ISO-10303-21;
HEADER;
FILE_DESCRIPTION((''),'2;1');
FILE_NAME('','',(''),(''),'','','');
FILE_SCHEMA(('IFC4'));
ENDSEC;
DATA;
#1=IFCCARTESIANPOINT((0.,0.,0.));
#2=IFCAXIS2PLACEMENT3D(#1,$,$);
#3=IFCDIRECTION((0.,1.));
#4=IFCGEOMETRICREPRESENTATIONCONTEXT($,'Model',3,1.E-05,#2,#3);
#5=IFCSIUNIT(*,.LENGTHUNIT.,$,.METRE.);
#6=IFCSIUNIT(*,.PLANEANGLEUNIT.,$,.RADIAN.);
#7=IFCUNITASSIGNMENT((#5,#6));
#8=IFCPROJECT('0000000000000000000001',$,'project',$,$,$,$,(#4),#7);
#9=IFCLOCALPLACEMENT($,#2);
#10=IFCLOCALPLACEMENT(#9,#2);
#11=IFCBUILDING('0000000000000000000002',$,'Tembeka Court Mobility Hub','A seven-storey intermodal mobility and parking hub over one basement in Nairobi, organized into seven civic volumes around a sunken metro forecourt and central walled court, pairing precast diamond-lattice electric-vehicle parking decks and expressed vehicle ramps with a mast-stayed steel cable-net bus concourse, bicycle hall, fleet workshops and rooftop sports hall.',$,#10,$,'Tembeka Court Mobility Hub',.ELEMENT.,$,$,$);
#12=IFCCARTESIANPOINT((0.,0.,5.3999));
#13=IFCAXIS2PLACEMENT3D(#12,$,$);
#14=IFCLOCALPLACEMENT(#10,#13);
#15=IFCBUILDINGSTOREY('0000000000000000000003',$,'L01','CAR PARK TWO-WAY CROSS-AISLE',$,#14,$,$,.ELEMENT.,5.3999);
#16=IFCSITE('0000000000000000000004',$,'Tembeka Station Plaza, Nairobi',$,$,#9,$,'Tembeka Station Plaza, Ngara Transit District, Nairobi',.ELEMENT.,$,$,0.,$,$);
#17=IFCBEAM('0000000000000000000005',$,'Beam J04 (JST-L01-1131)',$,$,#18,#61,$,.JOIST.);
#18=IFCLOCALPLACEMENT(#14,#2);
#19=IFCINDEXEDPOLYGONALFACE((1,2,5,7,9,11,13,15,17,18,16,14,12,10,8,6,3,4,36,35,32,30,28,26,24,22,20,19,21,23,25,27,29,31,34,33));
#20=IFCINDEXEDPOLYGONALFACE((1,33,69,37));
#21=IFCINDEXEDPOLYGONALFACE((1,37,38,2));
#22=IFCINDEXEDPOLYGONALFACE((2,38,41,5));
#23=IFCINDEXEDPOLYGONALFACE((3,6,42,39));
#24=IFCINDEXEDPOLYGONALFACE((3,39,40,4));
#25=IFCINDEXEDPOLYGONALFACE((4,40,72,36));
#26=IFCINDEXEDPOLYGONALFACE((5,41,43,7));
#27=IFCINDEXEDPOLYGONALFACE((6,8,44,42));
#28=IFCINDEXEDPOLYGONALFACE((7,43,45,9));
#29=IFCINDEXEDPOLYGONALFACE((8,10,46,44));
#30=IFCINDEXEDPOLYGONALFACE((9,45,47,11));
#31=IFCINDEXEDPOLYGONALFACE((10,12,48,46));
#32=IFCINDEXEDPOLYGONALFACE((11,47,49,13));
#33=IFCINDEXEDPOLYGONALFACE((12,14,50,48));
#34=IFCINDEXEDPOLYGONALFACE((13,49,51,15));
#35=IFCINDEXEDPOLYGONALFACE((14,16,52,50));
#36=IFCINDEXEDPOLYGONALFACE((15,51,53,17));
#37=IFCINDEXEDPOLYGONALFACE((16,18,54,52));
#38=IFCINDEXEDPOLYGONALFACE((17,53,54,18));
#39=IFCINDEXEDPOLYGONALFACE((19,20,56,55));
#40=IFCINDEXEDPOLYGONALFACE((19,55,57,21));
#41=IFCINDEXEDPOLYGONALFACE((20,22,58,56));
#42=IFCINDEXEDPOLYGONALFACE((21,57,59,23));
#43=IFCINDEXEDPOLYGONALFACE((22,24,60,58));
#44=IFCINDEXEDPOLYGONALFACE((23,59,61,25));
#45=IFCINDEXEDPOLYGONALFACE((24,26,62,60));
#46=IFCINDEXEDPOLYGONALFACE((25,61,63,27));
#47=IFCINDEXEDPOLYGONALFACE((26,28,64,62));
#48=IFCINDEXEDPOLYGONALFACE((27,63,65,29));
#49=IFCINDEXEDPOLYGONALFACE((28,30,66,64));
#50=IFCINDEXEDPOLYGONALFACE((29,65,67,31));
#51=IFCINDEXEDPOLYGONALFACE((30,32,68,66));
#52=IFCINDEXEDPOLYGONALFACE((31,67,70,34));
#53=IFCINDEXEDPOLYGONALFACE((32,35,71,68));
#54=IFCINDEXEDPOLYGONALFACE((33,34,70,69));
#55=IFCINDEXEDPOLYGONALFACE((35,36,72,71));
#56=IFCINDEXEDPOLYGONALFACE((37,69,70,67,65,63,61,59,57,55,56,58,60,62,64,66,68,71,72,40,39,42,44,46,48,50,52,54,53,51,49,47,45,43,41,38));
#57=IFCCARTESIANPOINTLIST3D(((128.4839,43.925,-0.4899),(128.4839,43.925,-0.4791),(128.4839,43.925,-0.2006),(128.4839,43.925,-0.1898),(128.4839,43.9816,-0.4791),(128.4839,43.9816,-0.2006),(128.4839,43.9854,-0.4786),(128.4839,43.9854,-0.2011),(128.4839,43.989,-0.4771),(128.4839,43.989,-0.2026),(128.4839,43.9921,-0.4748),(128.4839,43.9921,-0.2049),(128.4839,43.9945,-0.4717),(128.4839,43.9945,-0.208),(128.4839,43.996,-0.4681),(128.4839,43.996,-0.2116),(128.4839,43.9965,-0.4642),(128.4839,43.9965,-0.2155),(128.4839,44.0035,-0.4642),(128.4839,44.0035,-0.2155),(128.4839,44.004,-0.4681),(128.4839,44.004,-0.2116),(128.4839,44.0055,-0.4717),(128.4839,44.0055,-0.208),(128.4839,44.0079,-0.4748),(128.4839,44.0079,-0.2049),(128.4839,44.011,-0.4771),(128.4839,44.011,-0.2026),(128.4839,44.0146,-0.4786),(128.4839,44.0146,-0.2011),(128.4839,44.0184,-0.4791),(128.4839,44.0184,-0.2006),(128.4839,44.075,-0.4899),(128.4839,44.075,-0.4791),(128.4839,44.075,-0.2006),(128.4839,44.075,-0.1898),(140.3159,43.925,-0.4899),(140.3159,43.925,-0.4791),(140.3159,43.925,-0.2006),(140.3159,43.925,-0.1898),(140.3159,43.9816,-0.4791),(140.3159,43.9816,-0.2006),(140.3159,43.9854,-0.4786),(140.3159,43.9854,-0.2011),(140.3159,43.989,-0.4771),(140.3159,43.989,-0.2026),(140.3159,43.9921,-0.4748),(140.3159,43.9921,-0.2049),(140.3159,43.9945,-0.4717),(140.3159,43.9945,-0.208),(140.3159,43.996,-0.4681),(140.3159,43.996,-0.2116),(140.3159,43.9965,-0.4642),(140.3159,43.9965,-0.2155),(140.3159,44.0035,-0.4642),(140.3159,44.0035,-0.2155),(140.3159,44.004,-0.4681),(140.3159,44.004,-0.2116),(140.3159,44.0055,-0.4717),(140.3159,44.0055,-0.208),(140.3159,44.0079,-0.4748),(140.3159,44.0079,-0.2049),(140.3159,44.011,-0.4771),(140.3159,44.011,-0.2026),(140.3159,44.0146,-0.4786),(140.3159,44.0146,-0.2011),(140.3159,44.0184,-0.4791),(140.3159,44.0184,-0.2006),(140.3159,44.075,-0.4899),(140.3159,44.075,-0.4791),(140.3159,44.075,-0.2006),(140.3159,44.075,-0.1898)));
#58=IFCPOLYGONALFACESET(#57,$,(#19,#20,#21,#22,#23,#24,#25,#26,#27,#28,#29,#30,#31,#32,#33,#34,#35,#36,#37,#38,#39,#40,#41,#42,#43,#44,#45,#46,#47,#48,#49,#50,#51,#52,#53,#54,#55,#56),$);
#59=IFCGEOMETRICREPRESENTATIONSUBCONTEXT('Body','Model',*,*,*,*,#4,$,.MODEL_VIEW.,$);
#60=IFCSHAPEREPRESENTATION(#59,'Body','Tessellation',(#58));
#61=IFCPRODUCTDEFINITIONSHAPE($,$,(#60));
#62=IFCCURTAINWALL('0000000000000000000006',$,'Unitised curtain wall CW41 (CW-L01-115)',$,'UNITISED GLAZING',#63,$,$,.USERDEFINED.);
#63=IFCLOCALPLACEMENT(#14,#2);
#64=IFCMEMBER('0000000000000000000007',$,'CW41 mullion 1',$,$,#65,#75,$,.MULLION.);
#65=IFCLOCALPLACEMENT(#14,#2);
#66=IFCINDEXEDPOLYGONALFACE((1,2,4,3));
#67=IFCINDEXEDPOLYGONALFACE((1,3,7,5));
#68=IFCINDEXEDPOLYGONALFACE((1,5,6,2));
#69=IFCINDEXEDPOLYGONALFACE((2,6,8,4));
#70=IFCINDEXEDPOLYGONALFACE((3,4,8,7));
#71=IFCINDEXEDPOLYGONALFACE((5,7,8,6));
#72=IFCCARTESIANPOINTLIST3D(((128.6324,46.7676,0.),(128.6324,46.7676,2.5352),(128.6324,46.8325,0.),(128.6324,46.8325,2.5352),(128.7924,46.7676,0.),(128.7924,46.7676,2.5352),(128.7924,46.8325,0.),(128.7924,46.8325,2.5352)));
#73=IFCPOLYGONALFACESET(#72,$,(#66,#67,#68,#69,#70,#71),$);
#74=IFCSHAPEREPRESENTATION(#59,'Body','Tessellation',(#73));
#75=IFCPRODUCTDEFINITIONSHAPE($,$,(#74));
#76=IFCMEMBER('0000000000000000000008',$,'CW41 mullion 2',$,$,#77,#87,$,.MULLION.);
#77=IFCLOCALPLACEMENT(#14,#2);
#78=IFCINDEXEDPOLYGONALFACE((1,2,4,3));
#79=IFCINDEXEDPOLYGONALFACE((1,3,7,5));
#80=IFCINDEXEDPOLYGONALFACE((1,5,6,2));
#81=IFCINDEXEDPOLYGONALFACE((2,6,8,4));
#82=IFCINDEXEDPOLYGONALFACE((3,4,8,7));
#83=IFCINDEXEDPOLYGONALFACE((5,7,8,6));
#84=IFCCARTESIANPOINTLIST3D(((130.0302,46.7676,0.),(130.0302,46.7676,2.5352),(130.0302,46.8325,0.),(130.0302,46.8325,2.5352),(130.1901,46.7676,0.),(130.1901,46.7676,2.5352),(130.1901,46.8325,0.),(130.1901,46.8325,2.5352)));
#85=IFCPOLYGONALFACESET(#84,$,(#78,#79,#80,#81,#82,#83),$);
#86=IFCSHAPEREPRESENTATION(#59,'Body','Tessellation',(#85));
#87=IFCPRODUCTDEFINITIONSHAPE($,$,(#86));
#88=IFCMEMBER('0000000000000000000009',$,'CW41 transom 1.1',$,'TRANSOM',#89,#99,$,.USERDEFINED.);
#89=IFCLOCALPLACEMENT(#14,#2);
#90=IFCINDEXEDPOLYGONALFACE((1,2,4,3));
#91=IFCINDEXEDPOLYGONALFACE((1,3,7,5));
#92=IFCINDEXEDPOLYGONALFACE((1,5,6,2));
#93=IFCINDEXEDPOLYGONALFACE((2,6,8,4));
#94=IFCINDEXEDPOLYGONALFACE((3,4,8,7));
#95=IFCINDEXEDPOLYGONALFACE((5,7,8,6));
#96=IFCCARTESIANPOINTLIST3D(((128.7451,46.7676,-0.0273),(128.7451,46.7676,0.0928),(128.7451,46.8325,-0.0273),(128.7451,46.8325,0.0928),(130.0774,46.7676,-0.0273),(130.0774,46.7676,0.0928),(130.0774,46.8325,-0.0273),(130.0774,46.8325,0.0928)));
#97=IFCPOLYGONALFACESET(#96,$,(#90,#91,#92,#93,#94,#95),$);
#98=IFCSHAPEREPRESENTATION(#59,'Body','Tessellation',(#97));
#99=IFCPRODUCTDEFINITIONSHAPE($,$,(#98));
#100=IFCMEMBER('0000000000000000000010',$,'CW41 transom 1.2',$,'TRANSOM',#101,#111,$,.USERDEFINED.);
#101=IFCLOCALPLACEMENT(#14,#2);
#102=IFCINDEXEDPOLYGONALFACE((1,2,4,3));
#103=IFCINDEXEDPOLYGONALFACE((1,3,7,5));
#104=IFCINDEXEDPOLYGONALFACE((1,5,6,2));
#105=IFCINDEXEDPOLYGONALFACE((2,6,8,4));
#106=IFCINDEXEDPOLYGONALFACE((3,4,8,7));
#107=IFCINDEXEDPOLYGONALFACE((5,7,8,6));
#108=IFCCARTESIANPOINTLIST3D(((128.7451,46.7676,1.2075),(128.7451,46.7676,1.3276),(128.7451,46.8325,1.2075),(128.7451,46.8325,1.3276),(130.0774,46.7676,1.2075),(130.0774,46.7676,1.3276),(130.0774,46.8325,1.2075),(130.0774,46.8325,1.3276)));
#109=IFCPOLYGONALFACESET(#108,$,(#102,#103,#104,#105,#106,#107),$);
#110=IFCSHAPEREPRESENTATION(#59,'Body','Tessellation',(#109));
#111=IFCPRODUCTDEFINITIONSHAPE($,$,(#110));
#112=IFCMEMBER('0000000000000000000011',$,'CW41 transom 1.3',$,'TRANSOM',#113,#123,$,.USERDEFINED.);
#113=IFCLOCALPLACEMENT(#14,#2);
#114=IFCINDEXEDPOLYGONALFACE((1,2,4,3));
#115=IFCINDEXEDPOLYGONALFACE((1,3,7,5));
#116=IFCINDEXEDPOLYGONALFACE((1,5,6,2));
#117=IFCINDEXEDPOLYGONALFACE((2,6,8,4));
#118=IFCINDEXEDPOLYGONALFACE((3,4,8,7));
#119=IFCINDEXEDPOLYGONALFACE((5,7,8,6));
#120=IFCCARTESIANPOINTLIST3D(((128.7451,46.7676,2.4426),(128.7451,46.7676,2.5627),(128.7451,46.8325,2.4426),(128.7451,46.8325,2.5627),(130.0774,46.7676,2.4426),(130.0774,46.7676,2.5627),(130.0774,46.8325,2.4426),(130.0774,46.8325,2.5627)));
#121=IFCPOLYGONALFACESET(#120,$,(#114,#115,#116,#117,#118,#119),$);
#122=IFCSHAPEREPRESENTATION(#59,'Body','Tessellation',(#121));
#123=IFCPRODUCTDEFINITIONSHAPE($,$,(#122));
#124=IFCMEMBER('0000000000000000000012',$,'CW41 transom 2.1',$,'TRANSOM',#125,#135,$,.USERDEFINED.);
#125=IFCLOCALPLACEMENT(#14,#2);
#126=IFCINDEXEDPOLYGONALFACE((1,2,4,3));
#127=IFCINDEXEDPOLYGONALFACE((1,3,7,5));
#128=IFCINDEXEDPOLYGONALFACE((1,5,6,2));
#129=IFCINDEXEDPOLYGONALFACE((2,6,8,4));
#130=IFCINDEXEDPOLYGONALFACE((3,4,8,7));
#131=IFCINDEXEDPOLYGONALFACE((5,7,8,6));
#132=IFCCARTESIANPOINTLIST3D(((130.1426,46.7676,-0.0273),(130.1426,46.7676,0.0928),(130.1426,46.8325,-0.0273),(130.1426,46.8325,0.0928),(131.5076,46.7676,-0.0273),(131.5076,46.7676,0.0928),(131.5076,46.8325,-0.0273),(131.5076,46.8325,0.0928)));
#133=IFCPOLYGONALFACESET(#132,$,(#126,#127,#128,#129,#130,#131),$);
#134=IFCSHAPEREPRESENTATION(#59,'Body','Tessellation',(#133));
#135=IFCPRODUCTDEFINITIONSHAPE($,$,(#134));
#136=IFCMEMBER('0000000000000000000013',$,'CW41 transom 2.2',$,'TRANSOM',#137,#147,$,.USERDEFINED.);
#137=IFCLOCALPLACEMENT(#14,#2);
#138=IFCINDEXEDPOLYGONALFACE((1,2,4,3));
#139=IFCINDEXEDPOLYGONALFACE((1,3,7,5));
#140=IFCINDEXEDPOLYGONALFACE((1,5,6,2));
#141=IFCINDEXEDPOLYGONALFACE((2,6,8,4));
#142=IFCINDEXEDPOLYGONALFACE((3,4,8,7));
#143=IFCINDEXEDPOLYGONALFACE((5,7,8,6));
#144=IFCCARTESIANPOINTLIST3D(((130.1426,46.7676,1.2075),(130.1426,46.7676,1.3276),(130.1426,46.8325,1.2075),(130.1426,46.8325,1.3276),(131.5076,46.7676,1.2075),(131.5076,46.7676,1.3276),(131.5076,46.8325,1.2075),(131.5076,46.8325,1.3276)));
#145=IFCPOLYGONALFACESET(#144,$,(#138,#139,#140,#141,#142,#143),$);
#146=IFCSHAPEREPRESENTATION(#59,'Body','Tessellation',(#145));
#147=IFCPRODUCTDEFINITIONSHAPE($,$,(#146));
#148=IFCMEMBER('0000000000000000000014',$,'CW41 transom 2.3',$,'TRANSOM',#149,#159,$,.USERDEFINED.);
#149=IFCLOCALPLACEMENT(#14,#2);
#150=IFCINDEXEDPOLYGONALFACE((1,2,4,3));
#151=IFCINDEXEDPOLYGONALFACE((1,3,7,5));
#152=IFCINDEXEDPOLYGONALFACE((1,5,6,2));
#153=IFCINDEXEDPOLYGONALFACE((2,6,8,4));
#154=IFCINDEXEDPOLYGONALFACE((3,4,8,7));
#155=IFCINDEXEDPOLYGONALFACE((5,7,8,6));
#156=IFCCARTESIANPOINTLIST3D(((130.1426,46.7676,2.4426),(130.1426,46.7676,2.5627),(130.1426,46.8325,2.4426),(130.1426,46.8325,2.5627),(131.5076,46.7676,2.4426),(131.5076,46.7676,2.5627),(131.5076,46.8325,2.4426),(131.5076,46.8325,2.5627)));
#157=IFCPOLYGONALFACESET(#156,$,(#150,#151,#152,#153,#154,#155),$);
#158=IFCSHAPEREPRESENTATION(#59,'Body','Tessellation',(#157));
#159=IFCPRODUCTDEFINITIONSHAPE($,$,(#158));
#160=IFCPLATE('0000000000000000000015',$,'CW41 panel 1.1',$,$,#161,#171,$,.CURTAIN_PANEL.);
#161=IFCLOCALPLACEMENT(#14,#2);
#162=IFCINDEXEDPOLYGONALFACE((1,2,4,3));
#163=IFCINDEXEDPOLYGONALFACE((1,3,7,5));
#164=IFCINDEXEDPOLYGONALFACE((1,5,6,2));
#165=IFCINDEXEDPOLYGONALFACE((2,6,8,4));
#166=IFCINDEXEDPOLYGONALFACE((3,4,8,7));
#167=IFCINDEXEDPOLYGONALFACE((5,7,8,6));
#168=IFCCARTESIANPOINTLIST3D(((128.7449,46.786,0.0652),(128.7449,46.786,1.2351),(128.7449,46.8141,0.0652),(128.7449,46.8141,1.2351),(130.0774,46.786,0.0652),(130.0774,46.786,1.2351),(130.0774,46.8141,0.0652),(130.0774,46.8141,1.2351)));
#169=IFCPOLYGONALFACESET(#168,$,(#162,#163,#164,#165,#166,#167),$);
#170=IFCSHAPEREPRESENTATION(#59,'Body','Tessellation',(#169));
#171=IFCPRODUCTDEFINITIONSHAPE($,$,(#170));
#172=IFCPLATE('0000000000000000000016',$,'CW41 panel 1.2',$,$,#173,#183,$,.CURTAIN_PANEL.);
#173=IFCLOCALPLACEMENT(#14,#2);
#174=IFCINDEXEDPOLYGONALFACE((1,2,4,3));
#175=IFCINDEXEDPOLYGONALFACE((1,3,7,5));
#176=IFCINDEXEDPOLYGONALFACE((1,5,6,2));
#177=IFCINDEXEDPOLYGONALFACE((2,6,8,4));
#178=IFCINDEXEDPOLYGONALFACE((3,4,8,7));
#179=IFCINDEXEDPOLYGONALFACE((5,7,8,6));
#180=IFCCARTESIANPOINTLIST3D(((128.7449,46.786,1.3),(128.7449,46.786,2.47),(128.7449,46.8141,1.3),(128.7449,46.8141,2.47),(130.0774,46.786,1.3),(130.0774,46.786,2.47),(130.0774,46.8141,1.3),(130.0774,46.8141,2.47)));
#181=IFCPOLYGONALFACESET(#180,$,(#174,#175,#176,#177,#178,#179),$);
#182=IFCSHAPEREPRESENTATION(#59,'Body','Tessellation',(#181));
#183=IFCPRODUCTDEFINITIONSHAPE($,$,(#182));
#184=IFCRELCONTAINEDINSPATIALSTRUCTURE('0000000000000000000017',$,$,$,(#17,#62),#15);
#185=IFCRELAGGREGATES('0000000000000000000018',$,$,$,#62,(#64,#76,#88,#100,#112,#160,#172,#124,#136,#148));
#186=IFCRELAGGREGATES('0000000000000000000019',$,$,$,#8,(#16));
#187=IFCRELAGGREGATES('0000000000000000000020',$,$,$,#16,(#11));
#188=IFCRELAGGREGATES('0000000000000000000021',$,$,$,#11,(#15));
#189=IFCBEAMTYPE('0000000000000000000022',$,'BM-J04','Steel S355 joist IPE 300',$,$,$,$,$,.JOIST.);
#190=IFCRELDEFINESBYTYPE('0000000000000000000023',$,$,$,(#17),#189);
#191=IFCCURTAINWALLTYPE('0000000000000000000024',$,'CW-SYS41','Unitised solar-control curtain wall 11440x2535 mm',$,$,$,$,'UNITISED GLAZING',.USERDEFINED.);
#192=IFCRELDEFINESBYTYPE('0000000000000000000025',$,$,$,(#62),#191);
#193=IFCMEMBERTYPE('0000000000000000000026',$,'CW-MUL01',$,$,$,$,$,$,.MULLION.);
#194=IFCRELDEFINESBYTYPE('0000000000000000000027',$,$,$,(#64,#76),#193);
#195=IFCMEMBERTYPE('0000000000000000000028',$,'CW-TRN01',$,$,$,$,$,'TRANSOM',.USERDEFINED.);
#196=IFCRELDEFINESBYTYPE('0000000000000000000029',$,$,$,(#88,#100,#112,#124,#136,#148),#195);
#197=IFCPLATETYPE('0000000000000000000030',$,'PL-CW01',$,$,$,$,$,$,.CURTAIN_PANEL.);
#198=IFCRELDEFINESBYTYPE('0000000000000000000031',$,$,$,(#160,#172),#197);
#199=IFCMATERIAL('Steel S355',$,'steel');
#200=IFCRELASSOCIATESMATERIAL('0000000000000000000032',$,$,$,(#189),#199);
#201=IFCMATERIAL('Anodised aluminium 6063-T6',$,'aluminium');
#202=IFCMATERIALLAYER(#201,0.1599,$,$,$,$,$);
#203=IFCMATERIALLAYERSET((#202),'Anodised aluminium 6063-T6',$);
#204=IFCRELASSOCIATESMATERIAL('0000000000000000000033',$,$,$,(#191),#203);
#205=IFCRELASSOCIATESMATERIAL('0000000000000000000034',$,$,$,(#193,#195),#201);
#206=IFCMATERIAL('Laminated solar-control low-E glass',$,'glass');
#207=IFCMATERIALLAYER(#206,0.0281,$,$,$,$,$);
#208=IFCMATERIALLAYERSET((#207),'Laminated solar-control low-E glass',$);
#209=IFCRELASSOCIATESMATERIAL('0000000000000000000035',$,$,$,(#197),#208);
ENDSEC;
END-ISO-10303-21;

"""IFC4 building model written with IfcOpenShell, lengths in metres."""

from ifc_helpers import new_model, si_unit, direction, frame, origin, origin_2d, place, context, subcontext, project, spatial, rectangle, i_section, extrude, material, layer, layer_set, material_profile, profile_set, type_object, element, aggregate, save


model = new_model("IFC4")

# Units and contexts
model_context = context("Model", 3, precision=1e-05, world=origin(), true_north=direction((0.0, 1.0)))
body_context = subcontext(model_context, "Body", "Model", "MODEL_VIEW")
ifc_project = project(units=[si_unit("LENGTHUNIT", "METRE"), si_unit("PLANEANGLEUNIT", "RADIAN")], contexts=[model_context])

# Site, building, storey
site_placement = place(None, origin())
site = spatial("IfcSite", under=ifc_project, at=site_placement, Name="Tembeka Station Plaza, Nairobi", LongName="Tembeka Station Plaza, Ngara Transit District, Nairobi", CompositionType="ELEMENT", RefElevation=0.0)
building_placement = place(site_placement, origin())
building = spatial("IfcBuilding", under=site, at=building_placement, Name="Tembeka Court Mobility Hub", Description="A seven-storey intermodal mobility and parking hub over one basement in Nairobi, organized into seven civic volumes around a sunken metro forecourt and central walled court, pairing precast diamond-lattice electric-vehicle parking decks and expressed vehicle ramps with a mast-stayed steel cable-net bus concourse, bicycle hall, fleet workshops and rooftop sports hall.", LongName="Tembeka Court Mobility Hub", CompositionType="ELEMENT")
storey_placement = place(building_placement, frame((0.0, 0.0, 5.3999)))
storey = spatial("IfcBuildingStorey", under=building, at=storey_placement, Name="L01", Description="CAR PARK TWO-WAY CROSS-AISLE", CompositionType="ELEMENT", Elevation=5.3999)

# Shared definitions
ifc_material_1 = material(Name="Steel S355", Category="steel")

# Beam
ifc_material_profile_1 = material_profile(ifc_material_1, i_section(OverallWidth=0.1499, OverallDepth=0.3, WebThickness=0.0071, FlangeThickness=0.0107, FilletRadius=0.0149, at=origin_2d()), Name="IPE 300")
ifc_profile_set_1 = profile_set([ifc_material_profile_1], Name="Steel S355")
beam_type_1 = type_object("IfcBeamType", Name="BM-J04", Description="Steel S355 joist IPE 300", PredefinedType="JOIST", material=ifc_profile_set_1)
beam_placement = place(storey_placement, frame((128.4839, 44.0, -0.3398), z_axis=(1.0, 0.0, 0.0), x_axis=(0.0, 1.0, 0.0)))
element("IfcBeam", 1, at=beam_placement, inside=storey, type_object=beam_type_1, Name="Beam J04 (JST-L01-1131)", PredefinedType="JOIST", context=body_context, shape_type="SweptSolid", body=[
    extrude(i_section(OverallWidth=0.1499, OverallDepth=0.3, WebThickness=0.0071, FlangeThickness=0.0107, FilletRadius=0.0149, at=origin_2d()), origin(), (0.0, 0.0, 1.0), 11.832),
])

# Curtain wall, members, plates
ifc_material_2 = material(Name="Anodised aluminium 6063-T6", Category="aluminium")
ifc_layer_1 = layer(ifc_material_2, 0.1599)
ifc_layer_set_1 = layer_set([ifc_layer_1], Name="Anodised aluminium 6063-T6")
curtain_wall_type = type_object("IfcCurtainWallType", Name="CW-SYS41", Description="Unitised solar-control curtain wall 11440x2535 mm", ElementType="UNITISED GLAZING", PredefinedType="USERDEFINED", material=ifc_layer_set_1)
curtain_wall_placement = place(storey_placement, origin())
curtain_wall = element("IfcCurtainWall", 2, at=curtain_wall_placement, inside=storey, type_object=curtain_wall_type, Name="Unitised curtain wall CW41 (CW-L01-115)", ObjectType="UNITISED GLAZING", PredefinedType="USERDEFINED")
ifc_material_profile_2 = material_profile(ifc_material_2, rectangle(XDim=0.0649, YDim=0.1599, at=origin_2d()), Name="ALU-MUL 65x160")
ifc_profile_set_2 = profile_set([ifc_material_profile_2], Name="Anodised aluminium 6063-T6")
member_type_1 = type_object("IfcMemberType", Name="CW-MUL01", PredefinedType="MULLION", material=ifc_profile_set_2)
member_1_placement = place(storey_placement, frame((128.7124, 46.8, 0.0), z_axis=(0.0, 0.0, 1.0), x_axis=(0.0, 1.0, 0.0)))
member_1 = element("IfcMember", 3, at=member_1_placement, type_object=member_type_1, Name="CW41 mullion 1", PredefinedType="MULLION", context=body_context, shape_type="SweptSolid", body=[
    extrude(rectangle(XDim=0.0649, YDim=0.1599, at=origin_2d()), origin(), (0.0, 0.0, 1.0), 2.5352),
])
member_2_placement = place(storey_placement, frame((130.1101, 46.8, 0.0), z_axis=(0.0, 0.0, 1.0), x_axis=(0.0, 1.0, 0.0)))
member_2 = element("IfcMember", 4, at=member_2_placement, type_object=member_type_1, Name="CW41 mullion 2", PredefinedType="MULLION", context=body_context, shape_type="SweptSolid", body=[
    extrude(rectangle(XDim=0.0649, YDim=0.1599, at=origin_2d()), origin(), (0.0, 0.0, 1.0), 2.5352),
])
ifc_material_profile_3 = material_profile(ifc_material_2, rectangle(XDim=0.0649, YDim=0.1201, at=origin_2d()), Name="ALU-TRN 65x120")
ifc_profile_set_3 = profile_set([ifc_material_profile_3], Name="Anodised aluminium 6063-T6")
member_type_2 = type_object("IfcMemberType", Name="CW-TRN01", ElementType="TRANSOM", PredefinedType="USERDEFINED", material=ifc_profile_set_3)
member_3_placement = place(storey_placement, frame((128.7451, 46.8, 0.0327), z_axis=(1.0, 0.0, 0.0), x_axis=(0.0, 1.0, 0.0)))
member_3 = element("IfcMember", 5, at=member_3_placement, type_object=member_type_2, Name="CW41 transom 1.1", ObjectType="TRANSOM", PredefinedType="USERDEFINED", context=body_context, shape_type="SweptSolid", body=[
    extrude(rectangle(XDim=0.0649, YDim=0.1201, at=origin_2d()), origin(), (0.0, 0.0, 1.0), 1.3323),
])
member_4_placement = place(storey_placement, frame((128.7451, 46.8, 1.2676), z_axis=(1.0, 0.0, 0.0), x_axis=(0.0, 1.0, 0.0)))
member_4 = element("IfcMember", 6, at=member_4_placement, type_object=member_type_2, Name="CW41 transom 1.2", ObjectType="TRANSOM", PredefinedType="USERDEFINED", context=body_context, shape_type="SweptSolid", body=[
    extrude(rectangle(XDim=0.0649, YDim=0.1201, at=origin_2d()), origin(), (0.0, 0.0, 1.0), 1.3323),
])
member_5_placement = place(storey_placement, frame((128.7451, 46.8, 2.5027), z_axis=(1.0, 0.0, 0.0), x_axis=(0.0, 1.0, 0.0)))
member_5 = element("IfcMember", 7, at=member_5_placement, type_object=member_type_2, Name="CW41 transom 1.3", ObjectType="TRANSOM", PredefinedType="USERDEFINED", context=body_context, shape_type="SweptSolid", body=[
    extrude(rectangle(XDim=0.0649, YDim=0.1201, at=origin_2d()), origin(), (0.0, 0.0, 1.0), 1.3323),
])
member_6_placement = place(storey_placement, frame((130.1426, 46.8, 0.0327), z_axis=(1.0, 0.0, 0.0), x_axis=(0.0, 1.0, 0.0)))
member_6 = element("IfcMember", 8, at=member_6_placement, type_object=member_type_2, Name="CW41 transom 2.1", ObjectType="TRANSOM", PredefinedType="USERDEFINED", context=body_context, shape_type="SweptSolid", body=[
    extrude(rectangle(XDim=0.0649, YDim=0.1201, at=origin_2d()), origin(), (0.0, 0.0, 1.0), 1.365),
])
member_7_placement = place(storey_placement, frame((130.1426, 46.8, 1.2676), z_axis=(1.0, 0.0, 0.0), x_axis=(0.0, 1.0, 0.0)))
member_7 = element("IfcMember", 9, at=member_7_placement, type_object=member_type_2, Name="CW41 transom 2.2", ObjectType="TRANSOM", PredefinedType="USERDEFINED", context=body_context, shape_type="SweptSolid", body=[
    extrude(rectangle(XDim=0.0649, YDim=0.1201, at=origin_2d()), origin(), (0.0, 0.0, 1.0), 1.365),
])
member_8_placement = place(storey_placement, frame((130.1426, 46.8, 2.5027), z_axis=(1.0, 0.0, 0.0), x_axis=(0.0, 1.0, 0.0)))
member_8 = element("IfcMember", 10, at=member_8_placement, type_object=member_type_2, Name="CW41 transom 2.3", ObjectType="TRANSOM", PredefinedType="USERDEFINED", context=body_context, shape_type="SweptSolid", body=[
    extrude(rectangle(XDim=0.0649, YDim=0.1201, at=origin_2d()), origin(), (0.0, 0.0, 1.0), 1.365),
])
ifc_material_3 = material(Name="Laminated solar-control low-E glass", Category="glass")
ifc_layer_2 = layer(ifc_material_3, 0.0281)
ifc_layer_set_2 = layer_set([ifc_layer_2], Name="Laminated solar-control low-E glass")
plate_type = type_object("IfcPlateType", Name="PL-CW01", PredefinedType="CURTAIN_PANEL", material=ifc_layer_set_2)
plate_1_placement = place(storey_placement, frame((129.4111, 46.8, 0.0652), z_axis=(0.0, 0.0, 1.0), x_axis=(1.0, 0.0, 0.0)))
plate_1 = element("IfcPlate", 11, at=plate_1_placement, type_object=plate_type, Name="CW41 panel 1.1", PredefinedType="CURTAIN_PANEL", context=body_context, shape_type="SweptSolid", body=[
    extrude(rectangle(XDim=1.3325, YDim=0.0281, at=origin_2d()), origin(), (0.0, 0.0, 1.0), 1.1699),
])
plate_2_placement = place(storey_placement, frame((129.4111, 46.8, 1.3), z_axis=(0.0, 0.0, 1.0), x_axis=(1.0, 0.0, 0.0)))
plate_2 = element("IfcPlate", 12, at=plate_2_placement, type_object=plate_type, Name="CW41 panel 1.2", PredefinedType="CURTAIN_PANEL", context=body_context, shape_type="SweptSolid", body=[
    extrude(rectangle(XDim=1.3325, YDim=0.0281, at=origin_2d()), origin(), (0.0, 0.0, 1.0), 1.1699),
])
aggregate(curtain_wall, [member_1, member_2, member_3, member_4, member_5, plate_1, plate_2, member_6, member_7, member_8])

save(model, "model.ifc")
